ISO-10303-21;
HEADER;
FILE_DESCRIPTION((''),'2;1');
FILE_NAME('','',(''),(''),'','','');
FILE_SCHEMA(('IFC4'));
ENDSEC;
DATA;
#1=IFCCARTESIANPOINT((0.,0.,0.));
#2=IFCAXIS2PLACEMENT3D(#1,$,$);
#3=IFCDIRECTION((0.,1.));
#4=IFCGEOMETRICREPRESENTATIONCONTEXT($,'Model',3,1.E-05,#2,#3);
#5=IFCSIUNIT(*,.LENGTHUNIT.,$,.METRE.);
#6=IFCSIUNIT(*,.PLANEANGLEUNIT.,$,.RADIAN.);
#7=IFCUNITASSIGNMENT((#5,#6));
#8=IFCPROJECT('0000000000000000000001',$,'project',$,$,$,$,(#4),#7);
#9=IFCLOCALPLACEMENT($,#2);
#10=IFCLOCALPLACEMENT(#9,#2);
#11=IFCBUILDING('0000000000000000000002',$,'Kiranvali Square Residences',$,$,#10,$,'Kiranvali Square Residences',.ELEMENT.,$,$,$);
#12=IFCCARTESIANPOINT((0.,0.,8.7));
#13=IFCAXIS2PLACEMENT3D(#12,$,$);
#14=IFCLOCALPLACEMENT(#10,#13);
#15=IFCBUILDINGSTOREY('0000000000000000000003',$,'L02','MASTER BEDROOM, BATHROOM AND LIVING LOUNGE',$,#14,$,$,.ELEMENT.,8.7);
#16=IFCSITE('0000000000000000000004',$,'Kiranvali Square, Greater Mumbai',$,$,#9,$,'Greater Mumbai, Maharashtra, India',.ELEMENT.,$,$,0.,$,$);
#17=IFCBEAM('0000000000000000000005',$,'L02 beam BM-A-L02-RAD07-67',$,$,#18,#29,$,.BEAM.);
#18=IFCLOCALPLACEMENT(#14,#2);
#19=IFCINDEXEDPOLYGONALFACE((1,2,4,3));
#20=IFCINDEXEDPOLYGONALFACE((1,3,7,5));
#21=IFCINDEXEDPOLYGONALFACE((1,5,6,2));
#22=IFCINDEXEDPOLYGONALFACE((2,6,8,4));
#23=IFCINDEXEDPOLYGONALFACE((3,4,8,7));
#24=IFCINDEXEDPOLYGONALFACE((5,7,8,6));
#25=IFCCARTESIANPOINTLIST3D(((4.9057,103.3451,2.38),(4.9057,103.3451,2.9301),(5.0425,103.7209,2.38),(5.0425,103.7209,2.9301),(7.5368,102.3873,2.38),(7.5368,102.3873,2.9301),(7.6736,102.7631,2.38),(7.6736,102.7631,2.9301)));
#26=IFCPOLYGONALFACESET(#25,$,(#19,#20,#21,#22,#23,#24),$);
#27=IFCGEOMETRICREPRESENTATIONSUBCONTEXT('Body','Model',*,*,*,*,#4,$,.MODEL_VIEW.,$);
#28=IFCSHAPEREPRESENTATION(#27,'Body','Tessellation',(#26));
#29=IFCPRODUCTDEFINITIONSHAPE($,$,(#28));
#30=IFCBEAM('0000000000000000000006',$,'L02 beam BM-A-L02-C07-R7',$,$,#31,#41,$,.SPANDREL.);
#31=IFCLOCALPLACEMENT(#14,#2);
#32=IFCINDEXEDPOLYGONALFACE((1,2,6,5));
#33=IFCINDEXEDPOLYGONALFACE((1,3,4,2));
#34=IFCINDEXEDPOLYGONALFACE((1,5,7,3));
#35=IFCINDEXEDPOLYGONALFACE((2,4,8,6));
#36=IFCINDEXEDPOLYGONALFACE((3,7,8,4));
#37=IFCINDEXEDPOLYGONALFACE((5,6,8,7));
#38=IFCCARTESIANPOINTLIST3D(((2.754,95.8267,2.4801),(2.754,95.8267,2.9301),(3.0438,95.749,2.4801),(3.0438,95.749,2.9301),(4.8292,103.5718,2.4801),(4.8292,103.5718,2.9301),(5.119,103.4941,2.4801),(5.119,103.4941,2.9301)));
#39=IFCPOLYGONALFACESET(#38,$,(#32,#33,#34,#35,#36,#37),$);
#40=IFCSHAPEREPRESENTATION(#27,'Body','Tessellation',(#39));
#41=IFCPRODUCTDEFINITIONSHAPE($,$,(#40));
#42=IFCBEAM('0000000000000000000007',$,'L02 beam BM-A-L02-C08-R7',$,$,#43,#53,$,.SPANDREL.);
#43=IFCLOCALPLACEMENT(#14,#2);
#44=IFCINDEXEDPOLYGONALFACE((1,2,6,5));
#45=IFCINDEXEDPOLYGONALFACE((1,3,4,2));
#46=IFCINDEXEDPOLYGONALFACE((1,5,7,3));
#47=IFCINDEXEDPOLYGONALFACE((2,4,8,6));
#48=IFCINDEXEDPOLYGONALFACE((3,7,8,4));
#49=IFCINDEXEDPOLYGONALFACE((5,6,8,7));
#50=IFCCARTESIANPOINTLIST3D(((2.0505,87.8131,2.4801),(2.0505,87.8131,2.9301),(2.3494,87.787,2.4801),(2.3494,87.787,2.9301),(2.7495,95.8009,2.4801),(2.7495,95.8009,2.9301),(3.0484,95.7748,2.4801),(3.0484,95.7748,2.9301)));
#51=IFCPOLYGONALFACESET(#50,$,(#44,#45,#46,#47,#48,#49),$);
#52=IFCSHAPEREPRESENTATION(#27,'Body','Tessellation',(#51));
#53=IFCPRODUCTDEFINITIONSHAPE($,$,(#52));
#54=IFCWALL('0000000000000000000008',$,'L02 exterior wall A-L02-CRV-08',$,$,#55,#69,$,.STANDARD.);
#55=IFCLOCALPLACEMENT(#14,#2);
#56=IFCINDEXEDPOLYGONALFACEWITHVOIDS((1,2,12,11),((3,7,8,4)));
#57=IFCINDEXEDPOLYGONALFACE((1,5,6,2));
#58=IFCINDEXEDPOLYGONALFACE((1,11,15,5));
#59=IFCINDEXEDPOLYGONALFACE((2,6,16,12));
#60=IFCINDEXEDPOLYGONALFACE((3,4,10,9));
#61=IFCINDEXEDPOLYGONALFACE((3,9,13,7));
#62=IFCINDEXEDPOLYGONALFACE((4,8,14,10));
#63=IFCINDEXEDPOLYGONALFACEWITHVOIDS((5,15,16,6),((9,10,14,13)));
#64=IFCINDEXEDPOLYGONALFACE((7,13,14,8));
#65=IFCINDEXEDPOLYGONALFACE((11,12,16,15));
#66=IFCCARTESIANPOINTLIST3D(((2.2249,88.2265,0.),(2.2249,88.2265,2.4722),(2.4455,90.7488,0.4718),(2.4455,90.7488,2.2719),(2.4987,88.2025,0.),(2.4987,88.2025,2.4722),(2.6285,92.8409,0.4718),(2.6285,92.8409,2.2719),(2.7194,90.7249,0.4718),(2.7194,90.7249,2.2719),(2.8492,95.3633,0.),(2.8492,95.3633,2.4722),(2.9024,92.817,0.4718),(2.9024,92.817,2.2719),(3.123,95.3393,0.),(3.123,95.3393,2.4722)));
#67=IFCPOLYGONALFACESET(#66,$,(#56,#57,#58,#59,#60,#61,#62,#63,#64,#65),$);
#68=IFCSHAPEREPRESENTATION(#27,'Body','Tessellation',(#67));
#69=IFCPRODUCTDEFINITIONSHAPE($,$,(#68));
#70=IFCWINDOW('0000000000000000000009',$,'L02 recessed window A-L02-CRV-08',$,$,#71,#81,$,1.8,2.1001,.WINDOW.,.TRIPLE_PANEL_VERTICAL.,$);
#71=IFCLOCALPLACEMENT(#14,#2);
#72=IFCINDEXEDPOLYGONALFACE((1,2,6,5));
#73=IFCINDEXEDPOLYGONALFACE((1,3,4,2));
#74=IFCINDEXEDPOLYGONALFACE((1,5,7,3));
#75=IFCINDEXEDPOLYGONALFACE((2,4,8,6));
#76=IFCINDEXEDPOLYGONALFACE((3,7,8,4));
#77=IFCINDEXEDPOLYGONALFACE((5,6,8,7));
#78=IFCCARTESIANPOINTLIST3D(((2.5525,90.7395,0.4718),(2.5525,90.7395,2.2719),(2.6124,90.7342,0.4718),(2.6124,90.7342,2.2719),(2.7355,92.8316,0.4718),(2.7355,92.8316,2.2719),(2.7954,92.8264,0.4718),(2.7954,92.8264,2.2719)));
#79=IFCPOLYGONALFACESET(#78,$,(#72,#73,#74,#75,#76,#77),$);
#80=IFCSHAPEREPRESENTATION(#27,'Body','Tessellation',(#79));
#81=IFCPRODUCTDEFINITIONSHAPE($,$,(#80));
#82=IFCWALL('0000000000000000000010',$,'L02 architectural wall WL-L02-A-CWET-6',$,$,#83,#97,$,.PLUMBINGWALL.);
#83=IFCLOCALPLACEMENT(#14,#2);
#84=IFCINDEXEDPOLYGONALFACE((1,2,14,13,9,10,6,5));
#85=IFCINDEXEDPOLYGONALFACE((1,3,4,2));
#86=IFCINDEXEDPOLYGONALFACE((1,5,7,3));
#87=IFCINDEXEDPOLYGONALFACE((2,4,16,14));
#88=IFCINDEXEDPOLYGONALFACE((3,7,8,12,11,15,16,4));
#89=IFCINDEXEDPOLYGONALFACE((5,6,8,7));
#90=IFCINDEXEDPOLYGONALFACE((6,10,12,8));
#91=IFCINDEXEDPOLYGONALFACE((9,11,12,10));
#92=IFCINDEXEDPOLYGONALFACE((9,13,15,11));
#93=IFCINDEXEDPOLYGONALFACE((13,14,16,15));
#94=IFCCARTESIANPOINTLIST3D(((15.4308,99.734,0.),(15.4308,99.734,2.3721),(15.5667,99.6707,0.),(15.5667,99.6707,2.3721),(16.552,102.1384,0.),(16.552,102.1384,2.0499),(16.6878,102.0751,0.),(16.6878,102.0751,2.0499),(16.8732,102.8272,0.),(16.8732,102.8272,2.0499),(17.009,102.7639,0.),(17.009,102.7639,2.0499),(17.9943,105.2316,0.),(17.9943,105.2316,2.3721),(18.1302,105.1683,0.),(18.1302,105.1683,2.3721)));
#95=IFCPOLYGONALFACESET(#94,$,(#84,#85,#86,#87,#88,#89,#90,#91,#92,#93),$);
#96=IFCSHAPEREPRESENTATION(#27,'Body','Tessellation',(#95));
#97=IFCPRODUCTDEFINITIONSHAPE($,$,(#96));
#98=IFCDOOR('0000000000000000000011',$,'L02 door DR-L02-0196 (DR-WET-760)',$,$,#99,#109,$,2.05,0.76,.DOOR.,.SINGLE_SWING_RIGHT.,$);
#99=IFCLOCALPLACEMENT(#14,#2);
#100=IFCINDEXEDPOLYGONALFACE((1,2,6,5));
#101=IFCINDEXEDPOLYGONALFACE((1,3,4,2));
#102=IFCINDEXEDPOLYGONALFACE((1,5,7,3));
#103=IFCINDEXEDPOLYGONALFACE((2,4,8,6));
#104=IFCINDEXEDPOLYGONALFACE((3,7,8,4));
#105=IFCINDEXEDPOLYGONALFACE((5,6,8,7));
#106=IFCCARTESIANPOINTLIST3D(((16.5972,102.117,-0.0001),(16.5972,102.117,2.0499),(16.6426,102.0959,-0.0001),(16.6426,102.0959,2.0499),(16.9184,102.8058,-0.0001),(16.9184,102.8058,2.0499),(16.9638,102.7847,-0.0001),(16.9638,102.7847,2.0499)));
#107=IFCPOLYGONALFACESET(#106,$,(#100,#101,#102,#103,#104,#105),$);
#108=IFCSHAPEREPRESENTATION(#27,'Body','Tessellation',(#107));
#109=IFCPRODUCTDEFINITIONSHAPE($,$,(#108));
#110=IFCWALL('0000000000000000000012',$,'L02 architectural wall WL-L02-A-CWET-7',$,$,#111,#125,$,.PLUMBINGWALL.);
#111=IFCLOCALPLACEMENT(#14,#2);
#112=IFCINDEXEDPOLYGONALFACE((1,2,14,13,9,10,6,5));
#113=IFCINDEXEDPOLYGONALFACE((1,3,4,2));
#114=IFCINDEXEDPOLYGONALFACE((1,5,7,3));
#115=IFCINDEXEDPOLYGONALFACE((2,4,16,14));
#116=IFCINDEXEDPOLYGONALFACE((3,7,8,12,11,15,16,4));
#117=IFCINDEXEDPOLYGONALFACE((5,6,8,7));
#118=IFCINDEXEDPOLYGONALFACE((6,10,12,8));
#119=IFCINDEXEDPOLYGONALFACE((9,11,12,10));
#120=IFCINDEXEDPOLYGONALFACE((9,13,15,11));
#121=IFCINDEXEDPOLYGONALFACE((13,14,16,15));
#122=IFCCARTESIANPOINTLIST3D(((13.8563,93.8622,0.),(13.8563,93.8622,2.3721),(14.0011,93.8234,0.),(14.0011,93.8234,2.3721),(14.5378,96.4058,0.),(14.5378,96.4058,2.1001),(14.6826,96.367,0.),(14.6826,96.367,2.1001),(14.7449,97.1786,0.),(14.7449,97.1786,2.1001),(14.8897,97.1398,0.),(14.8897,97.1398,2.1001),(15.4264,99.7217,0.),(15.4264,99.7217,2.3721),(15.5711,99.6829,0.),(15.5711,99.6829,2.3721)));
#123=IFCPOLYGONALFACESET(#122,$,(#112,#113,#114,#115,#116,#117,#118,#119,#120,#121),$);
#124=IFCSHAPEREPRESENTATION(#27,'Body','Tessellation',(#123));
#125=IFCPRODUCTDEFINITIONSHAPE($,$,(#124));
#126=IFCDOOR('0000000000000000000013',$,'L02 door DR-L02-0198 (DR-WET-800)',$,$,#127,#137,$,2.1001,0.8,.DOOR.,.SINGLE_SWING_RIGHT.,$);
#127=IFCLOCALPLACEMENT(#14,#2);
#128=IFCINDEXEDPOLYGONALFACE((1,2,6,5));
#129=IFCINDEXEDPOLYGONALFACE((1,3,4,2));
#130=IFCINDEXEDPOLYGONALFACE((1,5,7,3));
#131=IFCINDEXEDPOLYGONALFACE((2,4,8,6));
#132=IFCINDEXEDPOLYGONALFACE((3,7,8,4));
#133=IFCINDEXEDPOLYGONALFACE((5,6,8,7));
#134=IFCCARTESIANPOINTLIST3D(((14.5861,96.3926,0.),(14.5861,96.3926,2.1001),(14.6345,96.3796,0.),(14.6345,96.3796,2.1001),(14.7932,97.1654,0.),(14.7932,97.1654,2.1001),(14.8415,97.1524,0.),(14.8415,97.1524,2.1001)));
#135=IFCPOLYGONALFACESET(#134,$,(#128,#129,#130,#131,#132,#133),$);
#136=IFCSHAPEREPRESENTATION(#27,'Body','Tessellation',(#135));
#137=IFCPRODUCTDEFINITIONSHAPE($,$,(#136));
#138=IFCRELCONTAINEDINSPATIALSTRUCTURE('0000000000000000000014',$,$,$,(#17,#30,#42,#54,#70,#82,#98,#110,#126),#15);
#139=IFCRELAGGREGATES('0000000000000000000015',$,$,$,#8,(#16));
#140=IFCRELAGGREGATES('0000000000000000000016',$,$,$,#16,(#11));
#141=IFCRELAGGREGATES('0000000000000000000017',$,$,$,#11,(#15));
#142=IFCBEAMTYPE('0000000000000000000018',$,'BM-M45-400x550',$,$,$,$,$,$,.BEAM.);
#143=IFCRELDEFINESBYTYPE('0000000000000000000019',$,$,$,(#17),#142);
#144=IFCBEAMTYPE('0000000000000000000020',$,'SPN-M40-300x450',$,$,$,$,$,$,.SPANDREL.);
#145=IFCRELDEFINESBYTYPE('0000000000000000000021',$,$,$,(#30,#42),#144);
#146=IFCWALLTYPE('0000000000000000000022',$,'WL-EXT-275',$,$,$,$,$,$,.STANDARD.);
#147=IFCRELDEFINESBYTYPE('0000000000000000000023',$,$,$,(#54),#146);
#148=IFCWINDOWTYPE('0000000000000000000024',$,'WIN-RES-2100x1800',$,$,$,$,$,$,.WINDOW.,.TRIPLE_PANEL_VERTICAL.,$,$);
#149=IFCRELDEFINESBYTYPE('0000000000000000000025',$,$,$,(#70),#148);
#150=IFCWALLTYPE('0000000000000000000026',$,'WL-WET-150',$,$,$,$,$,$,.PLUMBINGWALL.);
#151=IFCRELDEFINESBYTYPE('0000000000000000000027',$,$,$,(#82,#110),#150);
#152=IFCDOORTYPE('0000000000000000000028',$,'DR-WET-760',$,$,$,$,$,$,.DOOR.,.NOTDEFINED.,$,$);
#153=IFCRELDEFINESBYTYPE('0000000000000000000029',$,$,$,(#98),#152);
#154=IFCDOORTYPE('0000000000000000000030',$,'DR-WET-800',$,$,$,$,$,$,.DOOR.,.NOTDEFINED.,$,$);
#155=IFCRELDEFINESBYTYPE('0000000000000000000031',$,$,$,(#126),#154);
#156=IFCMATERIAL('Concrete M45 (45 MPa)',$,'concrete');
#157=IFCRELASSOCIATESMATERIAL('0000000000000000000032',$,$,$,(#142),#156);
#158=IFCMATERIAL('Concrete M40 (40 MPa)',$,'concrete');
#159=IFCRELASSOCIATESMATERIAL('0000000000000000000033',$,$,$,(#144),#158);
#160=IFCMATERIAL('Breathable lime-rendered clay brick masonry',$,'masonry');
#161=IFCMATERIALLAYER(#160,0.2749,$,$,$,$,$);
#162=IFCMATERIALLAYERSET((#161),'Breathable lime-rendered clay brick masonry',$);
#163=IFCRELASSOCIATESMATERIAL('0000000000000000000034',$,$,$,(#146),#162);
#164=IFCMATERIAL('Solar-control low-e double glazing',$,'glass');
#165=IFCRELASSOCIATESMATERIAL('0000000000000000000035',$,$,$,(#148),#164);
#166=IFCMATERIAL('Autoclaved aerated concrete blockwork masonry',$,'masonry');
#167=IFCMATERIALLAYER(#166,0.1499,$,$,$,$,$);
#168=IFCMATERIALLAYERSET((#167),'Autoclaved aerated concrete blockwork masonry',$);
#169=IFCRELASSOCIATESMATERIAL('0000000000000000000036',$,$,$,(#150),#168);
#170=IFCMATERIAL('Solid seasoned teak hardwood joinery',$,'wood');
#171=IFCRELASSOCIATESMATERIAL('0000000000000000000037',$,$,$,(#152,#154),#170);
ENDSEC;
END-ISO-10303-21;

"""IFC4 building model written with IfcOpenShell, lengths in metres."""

from ifc_helpers import new_model, si_unit, direction, frame, frame_2d, origin, origin_2d, place, context, subcontext, project, spatial, rectangle, extrude, material, layer, layer_set, material_profile, profile_set, type_object, element, fill, save


model = new_model("IFC4")

# Units and contexts
model_context = context("Model", 3, precision=1e-05, world=origin(), true_north=direction((0.0, 1.0)))
body_context = subcontext(model_context, "Body", "Model", "MODEL_VIEW")
ifc_project = project(units=[si_unit("LENGTHUNIT", "METRE"), si_unit("PLANEANGLEUNIT", "RADIAN")], contexts=[model_context])

# Site, building, storey
site_placement = place(None, origin())
site = spatial("IfcSite", under=ifc_project, at=site_placement, Name="Kiranvali Square, Greater Mumbai", LongName="Greater Mumbai, Maharashtra, India", CompositionType="ELEMENT", RefElevation=0.0)
building_placement = place(site_placement, origin())
building = spatial("IfcBuilding", under=site, at=building_placement, Name="Kiranvali Square Residences", LongName="Kiranvali Square Residences", CompositionType="ELEMENT")
storey_placement = place(building_placement, frame((0.0, 0.0, 8.7)))
storey = spatial("IfcBuildingStorey", under=building, at=storey_placement, Name="L02", Description="MASTER BEDROOM, BATHROOM AND LIVING LOUNGE", CompositionType="ELEMENT", Elevation=8.7)

# Beams
ifc_material_1 = material(Name="Concrete M45 (45 MPa)", Category="concrete")
ifc_material_profile_1 = material_profile(ifc_material_1, rectangle(XDim=0.3999, YDim=0.55, at=origin_2d()), Name="RC 400x550")
ifc_profile_set_1 = profile_set([ifc_material_profile_1], Name="Concrete M45 (45 MPa)")
beam_type_1 = type_object("IfcBeamType", Name="BM-M45-400x550", PredefinedType="BEAM", material=ifc_profile_set_1)
beam_1_placement = place(storey_placement, frame((7.6052, 102.5752, 2.655), z_axis=(-0.939679, 0.342058, 0.0), x_axis=(-0.342058, -0.939679, 0.0)))
element("IfcBeam", 1, at=beam_1_placement, inside=storey, type_object=beam_type_1, Name="L02 beam BM-A-L02-RAD07-67", PredefinedType="BEAM", context=body_context, shape_type="SweptSolid", body=[
    extrude(rectangle(XDim=0.3999, YDim=0.55, at=origin_2d()), origin(), (0.0, 0.0, 1.0), 2.8),
])
ifc_material_2 = material(Name="Concrete M40 (40 MPa)", Category="concrete")
ifc_material_profile_2 = material_profile(ifc_material_2, rectangle(XDim=0.3, YDim=0.45, at=origin_2d()), Name="RC 300x450")
ifc_profile_set_2 = profile_set([ifc_material_profile_2], Name="Concrete M40 (40 MPa)")
beam_type_2 = type_object("IfcBeamType", Name="SPN-M40-300x450", PredefinedType="SPANDREL", material=ifc_profile_set_2)
for number, where, z_axis, x_axis, name in (
    (2, (4.9741, 103.533, 2.7051), (-0.258807, -0.965929, 0.0), (0.965929, -0.258807, 0.0), "L02 beam BM-A-L02-C07-R7"),
    (3, (2.8989, 95.7878, 2.7051), (-0.087172, -0.996193, 0.0), (0.996193, -0.087172, 0.0), "L02 beam BM-A-L02-C08-R7"),
):
    element("IfcBeam", number, at=place(storey_placement, frame(where, z_axis=z_axis, x_axis=x_axis)), inside=storey, type_object=beam_type_2, Name=name, PredefinedType="SPANDREL", context=body_context, shape_type="SweptSolid", body=[
        extrude(rectangle(XDim=0.3, YDim=0.45, at=origin_2d()), origin(), (0.0, 0.0, 1.0), 8.0183),
    ])

# Shared definitions
ifc_material_3 = material(Name="Breathable lime-rendered clay brick masonry", Category="masonry")
ifc_layer_1 = layer(ifc_material_3, 0.2749)
ifc_layer_set_1 = layer_set([ifc_layer_1], Name="Breathable lime-rendered clay brick masonry")
wall_type_1 = type_object("IfcWallType", Name="WL-EXT-275", PredefinedType="STANDARD", material=ifc_layer_set_1)
ifc_material_4 = material(Name="Solar-control low-e double glazing", Category="glass")

# Wall, opening, window
wall_1_placement = place(storey_placement, frame((2.9861, 95.3513, 0.0), z_axis=(0.0, 0.0, 1.0), x_axis=(-0.08714, -0.996196, 0.0)))
wall_1 = element("IfcWall", 4, at=wall_1_placement, inside=storey, type_object=wall_type_1, Name="L02 exterior wall A-L02-CRV-08", PredefinedType="STANDARD", context=body_context, shape_type="SweptSolid", body=[
    extrude(rectangle(XDim=7.1641, YDim=0.2749, at=frame_2d((3.582, 0.0))), origin(), (0.0, 0.0, 1.0), 2.4722),
])
opening_1_placement = place(wall_1_placement, frame((2.532, 0.0, 0.4719)))
opening_1 = element("IfcOpeningElement", 5, at=opening_1_placement, cuts=wall_1, PredefinedType="OPENING", context=body_context, shape_type="SweptSolid", body=[
    extrude(rectangle(XDim=2.1001, YDim=1.8, at=frame_2d((1.05, 0.8999))), frame((0.0, 0.1475, 0.0), z_axis=(0.0, -1.0, 0.0), x_axis=(1.0, 0.0, 0.0)), (0.0, 0.0, 1.0), 0.2949),
])
window_type_1 = type_object("IfcWindowType", Name="WIN-RES-2100x1800", PartitioningType="TRIPLE_PANEL_VERTICAL", PredefinedType="WINDOW", material=ifc_material_4)
window_1_placement = place(opening_1_placement, origin())
window_1 = element("IfcWindow", 6, at=window_1_placement, inside=storey, type_object=window_type_1, Name="L02 recessed window A-L02-CRV-08", OverallHeight=1.8, OverallWidth=2.1001, PartitioningType="TRIPLE_PANEL_VERTICAL", PredefinedType="WINDOW", context=body_context, shape_type="SweptSolid", body=[
    extrude(rectangle(XDim=2.1001, YDim=1.8, at=frame_2d((1.05, 0.8999))), frame((0.0, 0.03, 0.0), z_axis=(0.0, -1.0, 0.0), x_axis=(1.0, 0.0, 0.0)), (0.0, 0.0, 1.0), 0.0601),
])
fill(opening_1, window_1)

# Walls, openings, doors
ifc_material_5 = material(Name="Autoclaved aerated concrete blockwork masonry", Category="masonry")
ifc_layer_2 = layer(ifc_material_5, 0.1499)
ifc_layer_set_2 = layer_set([ifc_layer_2], Name="Autoclaved aerated concrete blockwork masonry")
wall_type_2 = type_object("IfcWallType", Name="WL-WET-150", PredefinedType="PLUMBINGWALL", material=ifc_layer_set_2)
wall_2_placement = place(storey_placement, frame((18.0623, 105.2, 0.0), z_axis=(0.0, 0.0, 1.0), x_axis=(-0.422608, -0.906313, 0.0)))
wall_2 = element("IfcWall", 7, at=wall_2_placement, inside=storey, type_object=wall_type_2, Name="L02 architectural wall WL-L02-A-CWET-6", PredefinedType="PLUMBINGWALL", context=body_context, shape_type="SweptSolid", body=[
    extrude(rectangle(XDim=6.0659, YDim=0.1499, at=frame_2d((3.033, 0.0))), origin(), (0.0, 0.0, 1.0), 2.3721),
])
opening_2_placement = place(wall_2_placement, frame((2.6531, 0.0, 0.0)))
opening_2 = element("IfcOpeningElement", 8, at=opening_2_placement, cuts=wall_2, PredefinedType="OPENING", context=body_context, shape_type="SweptSolid", body=[
    extrude(rectangle(XDim=0.76, YDim=2.05, at=frame_2d((0.3799, 1.0249))), frame((0.0, 0.085, 0.0), z_axis=(0.0, -1.0, 0.0), x_axis=(1.0, 0.0, 0.0)), (0.0, 0.0, 1.0), 0.1699),
])
ifc_material_6 = material(Name="Solid seasoned teak hardwood joinery", Category="wood")
door_type_1 = type_object("IfcDoorType", Name="DR-WET-760", OperationType="NOTDEFINED", PredefinedType="DOOR", material=ifc_material_6)
door_1_placement = place(opening_2_placement, frame((0.76, 0.0, 0.0), z_axis=(0.0, 0.0, 1.0), x_axis=(-1.0, 0.0, 0.0)))
door_1 = element("IfcDoor", 9, at=door_1_placement, inside=storey, type_object=door_type_1, Name="L02 door DR-L02-0196 (DR-WET-760)", OperationType="SINGLE_SWING_RIGHT", OverallHeight=2.05, OverallWidth=0.76, PredefinedType="DOOR", context=body_context, shape_type="SweptSolid", body=[
    extrude(rectangle(XDim=0.76, YDim=2.05, at=frame_2d((0.3799, 1.0249))), frame((0.0, 0.0249, 0.0), z_axis=(0.0, -1.0, 0.0), x_axis=(1.0, 0.0, 0.0)), (0.0, 0.0, 1.0), 0.05),
])
fill(opening_2, door_1)
wall_3_placement = place(storey_placement, frame((15.4988, 99.7024, 0.0), z_axis=(0.0, 0.0, 1.0), x_axis=(-0.258827, -0.965924, 0.0)))
wall_3 = element("IfcWall", 10, at=wall_3_placement, inside=storey, type_object=wall_type_2, Name="L02 architectural wall WL-L02-A-CWET-7", PredefinedType="PLUMBINGWALL", context=body_context, shape_type="SweptSolid", body=[
    extrude(rectangle(XDim=6.0662, YDim=0.1499, at=frame_2d((3.0332, 0.0))), origin(), (0.0, 0.0, 1.0), 2.3721),
])
opening_3_placement = place(wall_3_placement, frame((2.6331, 0.0, 0.0)))
opening_3 = element("IfcOpeningElement", 11, at=opening_3_placement, cuts=wall_3, PredefinedType="OPENING", context=body_context, shape_type="SweptSolid", body=[
    extrude(rectangle(XDim=0.8, YDim=2.1001, at=frame_2d((0.3999, 1.05))), frame((0.0, 0.085, 0.0), z_axis=(0.0, -1.0, 0.0), x_axis=(1.0, 0.0, 0.0)), (0.0, 0.0, 1.0), 0.1699),
])
door_type_2 = type_object("IfcDoorType", Name="DR-WET-800", OperationType="NOTDEFINED", PredefinedType="DOOR", material=ifc_material_6)
door_2_placement = place(opening_3_placement, frame((0.8, 0.0, 0.0), z_axis=(0.0, 0.0, 1.0), x_axis=(-1.0, 0.0, 0.0)))
door_2 = element("IfcDoor", 12, at=door_2_placement, inside=storey, type_object=door_type_2, Name="L02 door DR-L02-0198 (DR-WET-800)", OperationType="SINGLE_SWING_RIGHT", OverallHeight=2.1001, OverallWidth=0.8, PredefinedType="DOOR", context=body_context, shape_type="SweptSolid", body=[
    extrude(rectangle(XDim=0.8, YDim=2.1001, at=frame_2d((0.3999, 1.05))), frame((0.0, 0.0249, 0.0), z_axis=(0.0, -1.0, 0.0), x_axis=(1.0, 0.0, 0.0)), (0.0, 0.0, 1.0), 0.05),
])
fill(opening_3, door_2)

save(model, "model.ifc")
